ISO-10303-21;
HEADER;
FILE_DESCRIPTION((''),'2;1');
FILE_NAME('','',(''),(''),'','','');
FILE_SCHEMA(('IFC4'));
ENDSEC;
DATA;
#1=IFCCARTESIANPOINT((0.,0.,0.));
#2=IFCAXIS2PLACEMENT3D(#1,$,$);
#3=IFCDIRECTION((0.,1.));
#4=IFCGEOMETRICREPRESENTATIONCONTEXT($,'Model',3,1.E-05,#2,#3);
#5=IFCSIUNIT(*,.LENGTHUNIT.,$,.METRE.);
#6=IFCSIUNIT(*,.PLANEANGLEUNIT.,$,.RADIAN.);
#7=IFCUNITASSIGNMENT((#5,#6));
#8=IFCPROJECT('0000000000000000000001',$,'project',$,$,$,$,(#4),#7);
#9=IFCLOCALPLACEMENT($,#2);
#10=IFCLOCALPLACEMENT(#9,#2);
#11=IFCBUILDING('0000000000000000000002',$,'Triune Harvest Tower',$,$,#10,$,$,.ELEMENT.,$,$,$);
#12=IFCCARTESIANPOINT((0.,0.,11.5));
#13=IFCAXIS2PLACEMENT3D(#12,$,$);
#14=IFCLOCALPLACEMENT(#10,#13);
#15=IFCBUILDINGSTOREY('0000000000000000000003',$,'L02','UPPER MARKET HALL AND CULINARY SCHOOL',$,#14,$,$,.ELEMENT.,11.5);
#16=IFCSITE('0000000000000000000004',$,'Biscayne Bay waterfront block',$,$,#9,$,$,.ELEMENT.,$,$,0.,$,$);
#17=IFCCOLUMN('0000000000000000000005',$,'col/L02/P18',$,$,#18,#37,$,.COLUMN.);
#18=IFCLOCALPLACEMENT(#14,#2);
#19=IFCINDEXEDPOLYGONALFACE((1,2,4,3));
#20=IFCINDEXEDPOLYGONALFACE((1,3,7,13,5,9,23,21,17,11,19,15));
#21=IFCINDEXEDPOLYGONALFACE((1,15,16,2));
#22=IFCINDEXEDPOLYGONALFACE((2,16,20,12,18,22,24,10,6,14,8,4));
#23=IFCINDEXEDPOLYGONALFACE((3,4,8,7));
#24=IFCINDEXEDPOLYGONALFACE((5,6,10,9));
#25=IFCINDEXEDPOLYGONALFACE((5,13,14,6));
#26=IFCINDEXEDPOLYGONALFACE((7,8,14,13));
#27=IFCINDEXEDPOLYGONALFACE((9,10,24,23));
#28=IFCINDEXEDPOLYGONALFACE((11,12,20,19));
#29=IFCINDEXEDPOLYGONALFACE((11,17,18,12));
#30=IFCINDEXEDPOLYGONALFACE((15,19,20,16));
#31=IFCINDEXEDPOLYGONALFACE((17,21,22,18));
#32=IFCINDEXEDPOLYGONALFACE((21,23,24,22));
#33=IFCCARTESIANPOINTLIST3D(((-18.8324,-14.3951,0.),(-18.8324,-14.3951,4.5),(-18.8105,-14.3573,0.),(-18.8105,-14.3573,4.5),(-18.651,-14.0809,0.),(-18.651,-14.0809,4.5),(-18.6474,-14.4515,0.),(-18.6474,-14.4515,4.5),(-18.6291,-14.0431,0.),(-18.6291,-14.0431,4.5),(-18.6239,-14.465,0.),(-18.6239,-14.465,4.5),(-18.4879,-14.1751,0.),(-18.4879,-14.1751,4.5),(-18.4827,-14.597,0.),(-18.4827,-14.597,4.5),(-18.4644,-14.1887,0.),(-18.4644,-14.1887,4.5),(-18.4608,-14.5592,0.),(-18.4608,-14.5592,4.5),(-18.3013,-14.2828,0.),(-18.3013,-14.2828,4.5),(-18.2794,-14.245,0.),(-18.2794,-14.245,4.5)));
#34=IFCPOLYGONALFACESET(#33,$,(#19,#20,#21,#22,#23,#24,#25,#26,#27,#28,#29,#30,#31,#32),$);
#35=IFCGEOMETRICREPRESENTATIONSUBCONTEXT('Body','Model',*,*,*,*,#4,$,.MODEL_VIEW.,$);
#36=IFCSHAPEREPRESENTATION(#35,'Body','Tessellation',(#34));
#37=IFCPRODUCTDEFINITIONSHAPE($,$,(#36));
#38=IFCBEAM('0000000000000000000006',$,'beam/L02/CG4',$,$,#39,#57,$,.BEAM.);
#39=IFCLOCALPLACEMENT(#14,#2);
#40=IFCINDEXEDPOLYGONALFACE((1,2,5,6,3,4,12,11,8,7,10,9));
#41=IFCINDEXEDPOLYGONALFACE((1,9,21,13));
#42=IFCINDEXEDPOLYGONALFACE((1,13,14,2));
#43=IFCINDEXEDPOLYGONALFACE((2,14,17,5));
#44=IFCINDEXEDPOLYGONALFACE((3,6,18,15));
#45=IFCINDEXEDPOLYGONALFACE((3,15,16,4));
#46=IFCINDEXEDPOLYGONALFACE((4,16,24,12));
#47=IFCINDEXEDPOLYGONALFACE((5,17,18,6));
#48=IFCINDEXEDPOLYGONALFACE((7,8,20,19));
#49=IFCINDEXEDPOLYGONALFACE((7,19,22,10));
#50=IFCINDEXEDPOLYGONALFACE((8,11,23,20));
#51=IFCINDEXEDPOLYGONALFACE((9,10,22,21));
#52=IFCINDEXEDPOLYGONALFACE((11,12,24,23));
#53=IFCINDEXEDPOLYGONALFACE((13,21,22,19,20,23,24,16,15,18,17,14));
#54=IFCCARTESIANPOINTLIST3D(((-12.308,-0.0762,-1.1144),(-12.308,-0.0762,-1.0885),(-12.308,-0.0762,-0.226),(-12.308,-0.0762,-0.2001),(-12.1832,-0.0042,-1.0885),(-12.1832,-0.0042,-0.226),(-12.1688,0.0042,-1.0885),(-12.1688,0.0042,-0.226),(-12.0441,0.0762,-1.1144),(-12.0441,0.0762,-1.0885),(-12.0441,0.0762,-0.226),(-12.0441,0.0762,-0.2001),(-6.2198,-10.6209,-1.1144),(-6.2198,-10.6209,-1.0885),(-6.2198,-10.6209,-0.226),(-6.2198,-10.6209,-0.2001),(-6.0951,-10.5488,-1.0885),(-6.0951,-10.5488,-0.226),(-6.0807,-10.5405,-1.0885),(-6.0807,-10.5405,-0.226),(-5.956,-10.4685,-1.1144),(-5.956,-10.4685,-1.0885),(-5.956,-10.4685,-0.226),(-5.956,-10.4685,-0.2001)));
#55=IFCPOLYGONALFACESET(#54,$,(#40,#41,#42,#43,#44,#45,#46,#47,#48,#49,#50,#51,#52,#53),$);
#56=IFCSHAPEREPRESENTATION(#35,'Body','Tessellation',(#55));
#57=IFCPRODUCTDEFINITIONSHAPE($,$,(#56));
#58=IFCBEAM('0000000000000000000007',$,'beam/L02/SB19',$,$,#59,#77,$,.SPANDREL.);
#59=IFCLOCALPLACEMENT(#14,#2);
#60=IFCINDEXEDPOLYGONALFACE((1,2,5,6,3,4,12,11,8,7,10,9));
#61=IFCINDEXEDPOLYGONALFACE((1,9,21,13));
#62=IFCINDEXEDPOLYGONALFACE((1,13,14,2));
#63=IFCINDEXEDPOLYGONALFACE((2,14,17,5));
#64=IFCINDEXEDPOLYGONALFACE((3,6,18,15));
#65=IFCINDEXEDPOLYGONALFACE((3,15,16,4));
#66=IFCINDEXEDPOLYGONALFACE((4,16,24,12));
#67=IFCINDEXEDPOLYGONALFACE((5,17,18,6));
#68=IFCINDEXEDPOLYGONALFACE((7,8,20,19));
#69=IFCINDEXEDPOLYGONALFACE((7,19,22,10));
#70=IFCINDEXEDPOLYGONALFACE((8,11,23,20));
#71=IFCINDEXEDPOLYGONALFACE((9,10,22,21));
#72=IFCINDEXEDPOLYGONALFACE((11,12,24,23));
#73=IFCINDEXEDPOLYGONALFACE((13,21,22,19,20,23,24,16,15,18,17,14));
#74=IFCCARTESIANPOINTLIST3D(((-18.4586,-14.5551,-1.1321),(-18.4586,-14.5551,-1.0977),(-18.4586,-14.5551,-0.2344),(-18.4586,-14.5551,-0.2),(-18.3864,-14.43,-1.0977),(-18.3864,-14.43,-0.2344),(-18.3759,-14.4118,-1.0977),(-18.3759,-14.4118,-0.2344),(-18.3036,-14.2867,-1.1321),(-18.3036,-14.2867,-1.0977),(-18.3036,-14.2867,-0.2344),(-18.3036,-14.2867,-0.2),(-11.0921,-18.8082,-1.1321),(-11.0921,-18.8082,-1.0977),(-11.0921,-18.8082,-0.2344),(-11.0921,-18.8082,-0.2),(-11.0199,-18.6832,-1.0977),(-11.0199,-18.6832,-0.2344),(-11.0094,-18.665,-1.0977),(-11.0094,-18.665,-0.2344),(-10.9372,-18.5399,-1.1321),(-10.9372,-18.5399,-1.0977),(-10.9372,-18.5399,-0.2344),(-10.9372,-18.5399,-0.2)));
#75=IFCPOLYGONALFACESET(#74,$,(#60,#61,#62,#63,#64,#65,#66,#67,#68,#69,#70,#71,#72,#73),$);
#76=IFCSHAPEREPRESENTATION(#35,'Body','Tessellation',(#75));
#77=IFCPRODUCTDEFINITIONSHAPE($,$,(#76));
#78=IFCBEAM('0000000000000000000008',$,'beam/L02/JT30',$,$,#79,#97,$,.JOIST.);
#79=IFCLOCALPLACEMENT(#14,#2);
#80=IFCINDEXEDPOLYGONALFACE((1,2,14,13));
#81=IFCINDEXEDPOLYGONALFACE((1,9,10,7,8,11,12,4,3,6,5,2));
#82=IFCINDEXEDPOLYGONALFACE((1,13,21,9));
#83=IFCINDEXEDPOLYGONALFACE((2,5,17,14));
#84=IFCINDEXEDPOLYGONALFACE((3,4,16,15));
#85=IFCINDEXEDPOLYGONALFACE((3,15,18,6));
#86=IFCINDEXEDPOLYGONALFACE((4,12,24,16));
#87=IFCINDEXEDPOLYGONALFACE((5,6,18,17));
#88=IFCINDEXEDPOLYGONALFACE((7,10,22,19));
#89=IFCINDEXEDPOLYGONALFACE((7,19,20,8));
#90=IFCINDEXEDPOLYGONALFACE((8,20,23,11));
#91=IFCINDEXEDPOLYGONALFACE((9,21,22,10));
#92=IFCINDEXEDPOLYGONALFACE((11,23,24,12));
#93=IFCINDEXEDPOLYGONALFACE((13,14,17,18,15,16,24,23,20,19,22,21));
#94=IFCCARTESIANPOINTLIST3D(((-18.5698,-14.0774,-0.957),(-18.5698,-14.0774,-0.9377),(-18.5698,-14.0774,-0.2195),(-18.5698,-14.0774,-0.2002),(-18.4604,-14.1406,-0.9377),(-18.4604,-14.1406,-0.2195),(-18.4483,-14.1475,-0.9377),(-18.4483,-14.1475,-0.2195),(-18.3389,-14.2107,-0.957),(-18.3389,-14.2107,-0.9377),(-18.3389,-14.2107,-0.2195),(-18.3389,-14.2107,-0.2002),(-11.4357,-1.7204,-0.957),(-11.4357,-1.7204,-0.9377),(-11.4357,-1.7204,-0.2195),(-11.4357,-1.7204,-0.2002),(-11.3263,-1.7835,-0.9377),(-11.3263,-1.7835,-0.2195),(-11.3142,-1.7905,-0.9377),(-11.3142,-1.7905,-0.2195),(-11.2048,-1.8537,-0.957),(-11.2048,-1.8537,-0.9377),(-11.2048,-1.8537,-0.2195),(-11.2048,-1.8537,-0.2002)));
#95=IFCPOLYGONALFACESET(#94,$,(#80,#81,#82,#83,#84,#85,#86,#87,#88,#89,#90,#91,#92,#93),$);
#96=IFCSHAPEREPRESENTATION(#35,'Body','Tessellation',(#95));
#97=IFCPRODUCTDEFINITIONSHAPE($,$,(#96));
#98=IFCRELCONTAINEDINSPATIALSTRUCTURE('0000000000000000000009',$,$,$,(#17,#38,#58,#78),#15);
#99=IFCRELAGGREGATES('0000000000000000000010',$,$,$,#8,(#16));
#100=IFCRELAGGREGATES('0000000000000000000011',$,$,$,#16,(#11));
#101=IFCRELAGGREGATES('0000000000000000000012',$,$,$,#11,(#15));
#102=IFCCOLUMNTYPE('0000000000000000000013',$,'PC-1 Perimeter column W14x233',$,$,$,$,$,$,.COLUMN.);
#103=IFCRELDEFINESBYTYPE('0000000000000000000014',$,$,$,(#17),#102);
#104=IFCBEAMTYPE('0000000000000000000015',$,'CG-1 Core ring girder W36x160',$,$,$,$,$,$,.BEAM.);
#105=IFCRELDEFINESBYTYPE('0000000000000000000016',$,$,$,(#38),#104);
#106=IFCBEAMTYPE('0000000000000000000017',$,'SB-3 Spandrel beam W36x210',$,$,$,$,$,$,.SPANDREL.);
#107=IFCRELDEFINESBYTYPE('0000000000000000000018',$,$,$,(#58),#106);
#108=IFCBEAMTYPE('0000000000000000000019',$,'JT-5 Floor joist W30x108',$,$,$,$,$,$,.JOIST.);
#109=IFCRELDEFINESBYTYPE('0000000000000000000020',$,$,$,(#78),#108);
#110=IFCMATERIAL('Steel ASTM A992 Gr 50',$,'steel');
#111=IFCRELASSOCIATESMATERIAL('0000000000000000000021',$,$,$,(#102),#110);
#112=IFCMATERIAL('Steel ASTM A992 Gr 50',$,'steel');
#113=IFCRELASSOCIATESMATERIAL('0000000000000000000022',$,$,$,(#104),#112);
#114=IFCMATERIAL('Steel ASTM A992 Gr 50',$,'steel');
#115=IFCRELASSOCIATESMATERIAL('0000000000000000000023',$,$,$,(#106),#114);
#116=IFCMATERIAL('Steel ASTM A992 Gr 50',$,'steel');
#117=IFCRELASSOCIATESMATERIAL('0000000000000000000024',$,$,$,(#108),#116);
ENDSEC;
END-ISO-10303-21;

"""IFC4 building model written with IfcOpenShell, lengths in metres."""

from ifc_helpers import new_model, si_unit, direction, frame, origin, origin_2d, place, context, subcontext, project, spatial, i_section, extrude, source, transform, mapped, material, material_profile, profile_set, type_object, element, save


model = new_model("IFC4")

# Units and contexts
model_context = context("Model", 3, precision=1e-05, world=origin(), true_north=direction((0.0, 1.0)))
body_context = subcontext(model_context, "Body", "Model", "MODEL_VIEW")
ifc_project = project(units=[si_unit("LENGTHUNIT", "METRE"), si_unit("PLANEANGLEUNIT", "RADIAN")], contexts=[model_context])

# Site, building, storey
site_placement = place(None, origin())
site = spatial("IfcSite", under=ifc_project, at=site_placement, Name="Biscayne Bay waterfront block", CompositionType="ELEMENT", RefElevation=0.0)
building_placement = place(site_placement, origin())
building = spatial("IfcBuilding", under=site, at=building_placement, Name="Triune Harvest Tower", CompositionType="ELEMENT")
storey_placement = place(building_placement, frame((0.0, 0.0, 11.5)))
storey = spatial("IfcBuildingStorey", under=building, at=storey_placement, Name="L02", Description="UPPER MARKET HALL AND CULINARY SCHOOL", CompositionType="ELEMENT", Elevation=11.5)

# Column
ifc_material_1 = material(Name="Steel ASTM A992 Gr 50", Category="steel")
ifc_material_profile_1 = material_profile(ifc_material_1, i_section(OverallWidth=0.4038, OverallDepth=0.4065, WebThickness=0.0271, FlangeThickness=0.0437, at=origin_2d()), Name="W14x233")
ifc_profile_set_1 = profile_set([ifc_material_profile_1], Name="Steel ASTM A992 Gr 50")
column_type = type_object("IfcColumnType", Name="PC-1 Perimeter column W14x233", PredefinedType="COLUMN", material=ifc_profile_set_1)
shared_shape_1 = source(origin(), body_context, "Body", "SweptSolid", [
    extrude(i_section(OverallWidth=0.4038, OverallDepth=0.4065, WebThickness=0.0271, FlangeThickness=0.0437, at=origin_2d()), origin(), (0.0, 0.0, 1.0), 4.5),
])
column_placement = place(storey_placement, frame((-18.5559, -14.3201, 0.0), z_axis=(0.0, 0.0, 1.0), x_axis=(0.866025, -0.5, 0.0)))
element("IfcColumn", 1, at=column_placement, inside=storey, type_object=column_type, Name="col/L02/P18", PredefinedType="COLUMN", context=body_context, shape_type="MappedRepresentation", body=[
    mapped(shared_shape_1, transform((0.0, 0.0, 0.0), scale=1.0)),
])

# Beams
ifc_material_2 = material(Name="Steel ASTM A992 Gr 50", Category="steel")
ifc_material_profile_2 = material_profile(ifc_material_2, i_section(OverallWidth=0.3047, OverallDepth=0.9143, WebThickness=0.0166, FlangeThickness=0.0259, at=origin_2d()), Name="W36x160")
ifc_profile_set_2 = profile_set([ifc_material_profile_2], Name="Steel ASTM A992 Gr 50")
beam_type_1 = type_object("IfcBeamType", Name="CG-1 Core ring girder W36x160", PredefinedType="BEAM", material=ifc_profile_set_2)
shared_shape_2 = source(origin(), body_context, "Body", "SweptSolid", [
    extrude(i_section(OverallWidth=0.3047, OverallDepth=0.9143, WebThickness=0.0166, FlangeThickness=0.0259, at=origin_2d()), origin(), (0.0, 0.0, 1.0), 12.176),
])
beam_1_placement = place(storey_placement, frame((-12.176, 0.0, -0.6572), z_axis=(0.50001, -0.86602, 0.0), x_axis=(0.86602, 0.50001, 0.0)))
element("IfcBeam", 2, at=beam_1_placement, inside=storey, type_object=beam_type_1, Name="beam/L02/CG4", PredefinedType="BEAM", context=body_context, shape_type="MappedRepresentation", body=[
    mapped(shared_shape_2, transform((0.0, 0.0, 0.0), scale=1.0)),
])
ifc_material_3 = material(Name="Steel ASTM A992 Gr 50", Category="steel")
ifc_material_profile_3 = material_profile(ifc_material_3, i_section(OverallWidth=0.3098, OverallDepth=0.9321, WebThickness=0.021, FlangeThickness=0.0344, at=origin_2d()), Name="W36x210")
ifc_profile_set_3 = profile_set([ifc_material_profile_3], Name="Steel ASTM A992 Gr 50")
beam_type_2 = type_object("IfcBeamType", Name="SB-3 Spandrel beam W36x210", PredefinedType="SPANDREL", material=ifc_profile_set_3)
shared_shape_3 = source(origin(), body_context, "Body", "SweptSolid", [
    extrude(i_section(OverallWidth=0.3098, OverallDepth=0.9321, WebThickness=0.021, FlangeThickness=0.0344, at=origin_2d()), origin(), (0.0, 0.0, 1.0), 8.5061),
])
beam_2_placement = place(storey_placement, frame((-18.3811, -14.4209, -0.666), z_axis=(0.866018, -0.500013, 0.0), x_axis=(0.500013, 0.866018, 0.0)))
element("IfcBeam", 3, at=beam_2_placement, inside=storey, type_object=beam_type_2, Name="beam/L02/SB19", PredefinedType="SPANDREL", context=body_context, shape_type="MappedRepresentation", body=[
    mapped(shared_shape_3, transform((0.0, 0.0, 0.0), scale=1.0)),
])
ifc_material_4 = material(Name="Steel ASTM A992 Gr 50", Category="steel")
ifc_material_profile_4 = material_profile(ifc_material_4, i_section(OverallWidth=0.2666, OverallDepth=0.7568, WebThickness=0.0139, FlangeThickness=0.0193, at=origin_2d()), Name="W30x108")
ifc_profile_set_4 = profile_set([ifc_material_profile_4], Name="Steel ASTM A992 Gr 50")
beam_type_3 = type_object("IfcBeamType", Name="JT-5 Floor joist W30x108", PredefinedType="JOIST", material=ifc_profile_set_4)
shared_shape_4 = source(origin(), body_context, "Body", "SweptSolid", [
    extrude(i_section(OverallWidth=0.2666, OverallDepth=0.7568, WebThickness=0.0139, FlangeThickness=0.0193, at=origin_2d()), origin(), (0.0, 0.0, 1.0), 14.2686),
])
beam_3_placement = place(storey_placement, frame((-18.4543, -14.144, -0.5786), z_axis=(0.499987, 0.866033, 0.0), x_axis=(-0.866033, 0.499987, 0.0)))
element("IfcBeam", 4, at=beam_3_placement, inside=storey, type_object=beam_type_3, Name="beam/L02/JT30", PredefinedType="JOIST", context=body_context, shape_type="MappedRepresentation", body=[
    mapped(shared_shape_4, transform((0.0, 0.0, 0.0), scale=1.0)),
])

save(model, "model.ifc")
